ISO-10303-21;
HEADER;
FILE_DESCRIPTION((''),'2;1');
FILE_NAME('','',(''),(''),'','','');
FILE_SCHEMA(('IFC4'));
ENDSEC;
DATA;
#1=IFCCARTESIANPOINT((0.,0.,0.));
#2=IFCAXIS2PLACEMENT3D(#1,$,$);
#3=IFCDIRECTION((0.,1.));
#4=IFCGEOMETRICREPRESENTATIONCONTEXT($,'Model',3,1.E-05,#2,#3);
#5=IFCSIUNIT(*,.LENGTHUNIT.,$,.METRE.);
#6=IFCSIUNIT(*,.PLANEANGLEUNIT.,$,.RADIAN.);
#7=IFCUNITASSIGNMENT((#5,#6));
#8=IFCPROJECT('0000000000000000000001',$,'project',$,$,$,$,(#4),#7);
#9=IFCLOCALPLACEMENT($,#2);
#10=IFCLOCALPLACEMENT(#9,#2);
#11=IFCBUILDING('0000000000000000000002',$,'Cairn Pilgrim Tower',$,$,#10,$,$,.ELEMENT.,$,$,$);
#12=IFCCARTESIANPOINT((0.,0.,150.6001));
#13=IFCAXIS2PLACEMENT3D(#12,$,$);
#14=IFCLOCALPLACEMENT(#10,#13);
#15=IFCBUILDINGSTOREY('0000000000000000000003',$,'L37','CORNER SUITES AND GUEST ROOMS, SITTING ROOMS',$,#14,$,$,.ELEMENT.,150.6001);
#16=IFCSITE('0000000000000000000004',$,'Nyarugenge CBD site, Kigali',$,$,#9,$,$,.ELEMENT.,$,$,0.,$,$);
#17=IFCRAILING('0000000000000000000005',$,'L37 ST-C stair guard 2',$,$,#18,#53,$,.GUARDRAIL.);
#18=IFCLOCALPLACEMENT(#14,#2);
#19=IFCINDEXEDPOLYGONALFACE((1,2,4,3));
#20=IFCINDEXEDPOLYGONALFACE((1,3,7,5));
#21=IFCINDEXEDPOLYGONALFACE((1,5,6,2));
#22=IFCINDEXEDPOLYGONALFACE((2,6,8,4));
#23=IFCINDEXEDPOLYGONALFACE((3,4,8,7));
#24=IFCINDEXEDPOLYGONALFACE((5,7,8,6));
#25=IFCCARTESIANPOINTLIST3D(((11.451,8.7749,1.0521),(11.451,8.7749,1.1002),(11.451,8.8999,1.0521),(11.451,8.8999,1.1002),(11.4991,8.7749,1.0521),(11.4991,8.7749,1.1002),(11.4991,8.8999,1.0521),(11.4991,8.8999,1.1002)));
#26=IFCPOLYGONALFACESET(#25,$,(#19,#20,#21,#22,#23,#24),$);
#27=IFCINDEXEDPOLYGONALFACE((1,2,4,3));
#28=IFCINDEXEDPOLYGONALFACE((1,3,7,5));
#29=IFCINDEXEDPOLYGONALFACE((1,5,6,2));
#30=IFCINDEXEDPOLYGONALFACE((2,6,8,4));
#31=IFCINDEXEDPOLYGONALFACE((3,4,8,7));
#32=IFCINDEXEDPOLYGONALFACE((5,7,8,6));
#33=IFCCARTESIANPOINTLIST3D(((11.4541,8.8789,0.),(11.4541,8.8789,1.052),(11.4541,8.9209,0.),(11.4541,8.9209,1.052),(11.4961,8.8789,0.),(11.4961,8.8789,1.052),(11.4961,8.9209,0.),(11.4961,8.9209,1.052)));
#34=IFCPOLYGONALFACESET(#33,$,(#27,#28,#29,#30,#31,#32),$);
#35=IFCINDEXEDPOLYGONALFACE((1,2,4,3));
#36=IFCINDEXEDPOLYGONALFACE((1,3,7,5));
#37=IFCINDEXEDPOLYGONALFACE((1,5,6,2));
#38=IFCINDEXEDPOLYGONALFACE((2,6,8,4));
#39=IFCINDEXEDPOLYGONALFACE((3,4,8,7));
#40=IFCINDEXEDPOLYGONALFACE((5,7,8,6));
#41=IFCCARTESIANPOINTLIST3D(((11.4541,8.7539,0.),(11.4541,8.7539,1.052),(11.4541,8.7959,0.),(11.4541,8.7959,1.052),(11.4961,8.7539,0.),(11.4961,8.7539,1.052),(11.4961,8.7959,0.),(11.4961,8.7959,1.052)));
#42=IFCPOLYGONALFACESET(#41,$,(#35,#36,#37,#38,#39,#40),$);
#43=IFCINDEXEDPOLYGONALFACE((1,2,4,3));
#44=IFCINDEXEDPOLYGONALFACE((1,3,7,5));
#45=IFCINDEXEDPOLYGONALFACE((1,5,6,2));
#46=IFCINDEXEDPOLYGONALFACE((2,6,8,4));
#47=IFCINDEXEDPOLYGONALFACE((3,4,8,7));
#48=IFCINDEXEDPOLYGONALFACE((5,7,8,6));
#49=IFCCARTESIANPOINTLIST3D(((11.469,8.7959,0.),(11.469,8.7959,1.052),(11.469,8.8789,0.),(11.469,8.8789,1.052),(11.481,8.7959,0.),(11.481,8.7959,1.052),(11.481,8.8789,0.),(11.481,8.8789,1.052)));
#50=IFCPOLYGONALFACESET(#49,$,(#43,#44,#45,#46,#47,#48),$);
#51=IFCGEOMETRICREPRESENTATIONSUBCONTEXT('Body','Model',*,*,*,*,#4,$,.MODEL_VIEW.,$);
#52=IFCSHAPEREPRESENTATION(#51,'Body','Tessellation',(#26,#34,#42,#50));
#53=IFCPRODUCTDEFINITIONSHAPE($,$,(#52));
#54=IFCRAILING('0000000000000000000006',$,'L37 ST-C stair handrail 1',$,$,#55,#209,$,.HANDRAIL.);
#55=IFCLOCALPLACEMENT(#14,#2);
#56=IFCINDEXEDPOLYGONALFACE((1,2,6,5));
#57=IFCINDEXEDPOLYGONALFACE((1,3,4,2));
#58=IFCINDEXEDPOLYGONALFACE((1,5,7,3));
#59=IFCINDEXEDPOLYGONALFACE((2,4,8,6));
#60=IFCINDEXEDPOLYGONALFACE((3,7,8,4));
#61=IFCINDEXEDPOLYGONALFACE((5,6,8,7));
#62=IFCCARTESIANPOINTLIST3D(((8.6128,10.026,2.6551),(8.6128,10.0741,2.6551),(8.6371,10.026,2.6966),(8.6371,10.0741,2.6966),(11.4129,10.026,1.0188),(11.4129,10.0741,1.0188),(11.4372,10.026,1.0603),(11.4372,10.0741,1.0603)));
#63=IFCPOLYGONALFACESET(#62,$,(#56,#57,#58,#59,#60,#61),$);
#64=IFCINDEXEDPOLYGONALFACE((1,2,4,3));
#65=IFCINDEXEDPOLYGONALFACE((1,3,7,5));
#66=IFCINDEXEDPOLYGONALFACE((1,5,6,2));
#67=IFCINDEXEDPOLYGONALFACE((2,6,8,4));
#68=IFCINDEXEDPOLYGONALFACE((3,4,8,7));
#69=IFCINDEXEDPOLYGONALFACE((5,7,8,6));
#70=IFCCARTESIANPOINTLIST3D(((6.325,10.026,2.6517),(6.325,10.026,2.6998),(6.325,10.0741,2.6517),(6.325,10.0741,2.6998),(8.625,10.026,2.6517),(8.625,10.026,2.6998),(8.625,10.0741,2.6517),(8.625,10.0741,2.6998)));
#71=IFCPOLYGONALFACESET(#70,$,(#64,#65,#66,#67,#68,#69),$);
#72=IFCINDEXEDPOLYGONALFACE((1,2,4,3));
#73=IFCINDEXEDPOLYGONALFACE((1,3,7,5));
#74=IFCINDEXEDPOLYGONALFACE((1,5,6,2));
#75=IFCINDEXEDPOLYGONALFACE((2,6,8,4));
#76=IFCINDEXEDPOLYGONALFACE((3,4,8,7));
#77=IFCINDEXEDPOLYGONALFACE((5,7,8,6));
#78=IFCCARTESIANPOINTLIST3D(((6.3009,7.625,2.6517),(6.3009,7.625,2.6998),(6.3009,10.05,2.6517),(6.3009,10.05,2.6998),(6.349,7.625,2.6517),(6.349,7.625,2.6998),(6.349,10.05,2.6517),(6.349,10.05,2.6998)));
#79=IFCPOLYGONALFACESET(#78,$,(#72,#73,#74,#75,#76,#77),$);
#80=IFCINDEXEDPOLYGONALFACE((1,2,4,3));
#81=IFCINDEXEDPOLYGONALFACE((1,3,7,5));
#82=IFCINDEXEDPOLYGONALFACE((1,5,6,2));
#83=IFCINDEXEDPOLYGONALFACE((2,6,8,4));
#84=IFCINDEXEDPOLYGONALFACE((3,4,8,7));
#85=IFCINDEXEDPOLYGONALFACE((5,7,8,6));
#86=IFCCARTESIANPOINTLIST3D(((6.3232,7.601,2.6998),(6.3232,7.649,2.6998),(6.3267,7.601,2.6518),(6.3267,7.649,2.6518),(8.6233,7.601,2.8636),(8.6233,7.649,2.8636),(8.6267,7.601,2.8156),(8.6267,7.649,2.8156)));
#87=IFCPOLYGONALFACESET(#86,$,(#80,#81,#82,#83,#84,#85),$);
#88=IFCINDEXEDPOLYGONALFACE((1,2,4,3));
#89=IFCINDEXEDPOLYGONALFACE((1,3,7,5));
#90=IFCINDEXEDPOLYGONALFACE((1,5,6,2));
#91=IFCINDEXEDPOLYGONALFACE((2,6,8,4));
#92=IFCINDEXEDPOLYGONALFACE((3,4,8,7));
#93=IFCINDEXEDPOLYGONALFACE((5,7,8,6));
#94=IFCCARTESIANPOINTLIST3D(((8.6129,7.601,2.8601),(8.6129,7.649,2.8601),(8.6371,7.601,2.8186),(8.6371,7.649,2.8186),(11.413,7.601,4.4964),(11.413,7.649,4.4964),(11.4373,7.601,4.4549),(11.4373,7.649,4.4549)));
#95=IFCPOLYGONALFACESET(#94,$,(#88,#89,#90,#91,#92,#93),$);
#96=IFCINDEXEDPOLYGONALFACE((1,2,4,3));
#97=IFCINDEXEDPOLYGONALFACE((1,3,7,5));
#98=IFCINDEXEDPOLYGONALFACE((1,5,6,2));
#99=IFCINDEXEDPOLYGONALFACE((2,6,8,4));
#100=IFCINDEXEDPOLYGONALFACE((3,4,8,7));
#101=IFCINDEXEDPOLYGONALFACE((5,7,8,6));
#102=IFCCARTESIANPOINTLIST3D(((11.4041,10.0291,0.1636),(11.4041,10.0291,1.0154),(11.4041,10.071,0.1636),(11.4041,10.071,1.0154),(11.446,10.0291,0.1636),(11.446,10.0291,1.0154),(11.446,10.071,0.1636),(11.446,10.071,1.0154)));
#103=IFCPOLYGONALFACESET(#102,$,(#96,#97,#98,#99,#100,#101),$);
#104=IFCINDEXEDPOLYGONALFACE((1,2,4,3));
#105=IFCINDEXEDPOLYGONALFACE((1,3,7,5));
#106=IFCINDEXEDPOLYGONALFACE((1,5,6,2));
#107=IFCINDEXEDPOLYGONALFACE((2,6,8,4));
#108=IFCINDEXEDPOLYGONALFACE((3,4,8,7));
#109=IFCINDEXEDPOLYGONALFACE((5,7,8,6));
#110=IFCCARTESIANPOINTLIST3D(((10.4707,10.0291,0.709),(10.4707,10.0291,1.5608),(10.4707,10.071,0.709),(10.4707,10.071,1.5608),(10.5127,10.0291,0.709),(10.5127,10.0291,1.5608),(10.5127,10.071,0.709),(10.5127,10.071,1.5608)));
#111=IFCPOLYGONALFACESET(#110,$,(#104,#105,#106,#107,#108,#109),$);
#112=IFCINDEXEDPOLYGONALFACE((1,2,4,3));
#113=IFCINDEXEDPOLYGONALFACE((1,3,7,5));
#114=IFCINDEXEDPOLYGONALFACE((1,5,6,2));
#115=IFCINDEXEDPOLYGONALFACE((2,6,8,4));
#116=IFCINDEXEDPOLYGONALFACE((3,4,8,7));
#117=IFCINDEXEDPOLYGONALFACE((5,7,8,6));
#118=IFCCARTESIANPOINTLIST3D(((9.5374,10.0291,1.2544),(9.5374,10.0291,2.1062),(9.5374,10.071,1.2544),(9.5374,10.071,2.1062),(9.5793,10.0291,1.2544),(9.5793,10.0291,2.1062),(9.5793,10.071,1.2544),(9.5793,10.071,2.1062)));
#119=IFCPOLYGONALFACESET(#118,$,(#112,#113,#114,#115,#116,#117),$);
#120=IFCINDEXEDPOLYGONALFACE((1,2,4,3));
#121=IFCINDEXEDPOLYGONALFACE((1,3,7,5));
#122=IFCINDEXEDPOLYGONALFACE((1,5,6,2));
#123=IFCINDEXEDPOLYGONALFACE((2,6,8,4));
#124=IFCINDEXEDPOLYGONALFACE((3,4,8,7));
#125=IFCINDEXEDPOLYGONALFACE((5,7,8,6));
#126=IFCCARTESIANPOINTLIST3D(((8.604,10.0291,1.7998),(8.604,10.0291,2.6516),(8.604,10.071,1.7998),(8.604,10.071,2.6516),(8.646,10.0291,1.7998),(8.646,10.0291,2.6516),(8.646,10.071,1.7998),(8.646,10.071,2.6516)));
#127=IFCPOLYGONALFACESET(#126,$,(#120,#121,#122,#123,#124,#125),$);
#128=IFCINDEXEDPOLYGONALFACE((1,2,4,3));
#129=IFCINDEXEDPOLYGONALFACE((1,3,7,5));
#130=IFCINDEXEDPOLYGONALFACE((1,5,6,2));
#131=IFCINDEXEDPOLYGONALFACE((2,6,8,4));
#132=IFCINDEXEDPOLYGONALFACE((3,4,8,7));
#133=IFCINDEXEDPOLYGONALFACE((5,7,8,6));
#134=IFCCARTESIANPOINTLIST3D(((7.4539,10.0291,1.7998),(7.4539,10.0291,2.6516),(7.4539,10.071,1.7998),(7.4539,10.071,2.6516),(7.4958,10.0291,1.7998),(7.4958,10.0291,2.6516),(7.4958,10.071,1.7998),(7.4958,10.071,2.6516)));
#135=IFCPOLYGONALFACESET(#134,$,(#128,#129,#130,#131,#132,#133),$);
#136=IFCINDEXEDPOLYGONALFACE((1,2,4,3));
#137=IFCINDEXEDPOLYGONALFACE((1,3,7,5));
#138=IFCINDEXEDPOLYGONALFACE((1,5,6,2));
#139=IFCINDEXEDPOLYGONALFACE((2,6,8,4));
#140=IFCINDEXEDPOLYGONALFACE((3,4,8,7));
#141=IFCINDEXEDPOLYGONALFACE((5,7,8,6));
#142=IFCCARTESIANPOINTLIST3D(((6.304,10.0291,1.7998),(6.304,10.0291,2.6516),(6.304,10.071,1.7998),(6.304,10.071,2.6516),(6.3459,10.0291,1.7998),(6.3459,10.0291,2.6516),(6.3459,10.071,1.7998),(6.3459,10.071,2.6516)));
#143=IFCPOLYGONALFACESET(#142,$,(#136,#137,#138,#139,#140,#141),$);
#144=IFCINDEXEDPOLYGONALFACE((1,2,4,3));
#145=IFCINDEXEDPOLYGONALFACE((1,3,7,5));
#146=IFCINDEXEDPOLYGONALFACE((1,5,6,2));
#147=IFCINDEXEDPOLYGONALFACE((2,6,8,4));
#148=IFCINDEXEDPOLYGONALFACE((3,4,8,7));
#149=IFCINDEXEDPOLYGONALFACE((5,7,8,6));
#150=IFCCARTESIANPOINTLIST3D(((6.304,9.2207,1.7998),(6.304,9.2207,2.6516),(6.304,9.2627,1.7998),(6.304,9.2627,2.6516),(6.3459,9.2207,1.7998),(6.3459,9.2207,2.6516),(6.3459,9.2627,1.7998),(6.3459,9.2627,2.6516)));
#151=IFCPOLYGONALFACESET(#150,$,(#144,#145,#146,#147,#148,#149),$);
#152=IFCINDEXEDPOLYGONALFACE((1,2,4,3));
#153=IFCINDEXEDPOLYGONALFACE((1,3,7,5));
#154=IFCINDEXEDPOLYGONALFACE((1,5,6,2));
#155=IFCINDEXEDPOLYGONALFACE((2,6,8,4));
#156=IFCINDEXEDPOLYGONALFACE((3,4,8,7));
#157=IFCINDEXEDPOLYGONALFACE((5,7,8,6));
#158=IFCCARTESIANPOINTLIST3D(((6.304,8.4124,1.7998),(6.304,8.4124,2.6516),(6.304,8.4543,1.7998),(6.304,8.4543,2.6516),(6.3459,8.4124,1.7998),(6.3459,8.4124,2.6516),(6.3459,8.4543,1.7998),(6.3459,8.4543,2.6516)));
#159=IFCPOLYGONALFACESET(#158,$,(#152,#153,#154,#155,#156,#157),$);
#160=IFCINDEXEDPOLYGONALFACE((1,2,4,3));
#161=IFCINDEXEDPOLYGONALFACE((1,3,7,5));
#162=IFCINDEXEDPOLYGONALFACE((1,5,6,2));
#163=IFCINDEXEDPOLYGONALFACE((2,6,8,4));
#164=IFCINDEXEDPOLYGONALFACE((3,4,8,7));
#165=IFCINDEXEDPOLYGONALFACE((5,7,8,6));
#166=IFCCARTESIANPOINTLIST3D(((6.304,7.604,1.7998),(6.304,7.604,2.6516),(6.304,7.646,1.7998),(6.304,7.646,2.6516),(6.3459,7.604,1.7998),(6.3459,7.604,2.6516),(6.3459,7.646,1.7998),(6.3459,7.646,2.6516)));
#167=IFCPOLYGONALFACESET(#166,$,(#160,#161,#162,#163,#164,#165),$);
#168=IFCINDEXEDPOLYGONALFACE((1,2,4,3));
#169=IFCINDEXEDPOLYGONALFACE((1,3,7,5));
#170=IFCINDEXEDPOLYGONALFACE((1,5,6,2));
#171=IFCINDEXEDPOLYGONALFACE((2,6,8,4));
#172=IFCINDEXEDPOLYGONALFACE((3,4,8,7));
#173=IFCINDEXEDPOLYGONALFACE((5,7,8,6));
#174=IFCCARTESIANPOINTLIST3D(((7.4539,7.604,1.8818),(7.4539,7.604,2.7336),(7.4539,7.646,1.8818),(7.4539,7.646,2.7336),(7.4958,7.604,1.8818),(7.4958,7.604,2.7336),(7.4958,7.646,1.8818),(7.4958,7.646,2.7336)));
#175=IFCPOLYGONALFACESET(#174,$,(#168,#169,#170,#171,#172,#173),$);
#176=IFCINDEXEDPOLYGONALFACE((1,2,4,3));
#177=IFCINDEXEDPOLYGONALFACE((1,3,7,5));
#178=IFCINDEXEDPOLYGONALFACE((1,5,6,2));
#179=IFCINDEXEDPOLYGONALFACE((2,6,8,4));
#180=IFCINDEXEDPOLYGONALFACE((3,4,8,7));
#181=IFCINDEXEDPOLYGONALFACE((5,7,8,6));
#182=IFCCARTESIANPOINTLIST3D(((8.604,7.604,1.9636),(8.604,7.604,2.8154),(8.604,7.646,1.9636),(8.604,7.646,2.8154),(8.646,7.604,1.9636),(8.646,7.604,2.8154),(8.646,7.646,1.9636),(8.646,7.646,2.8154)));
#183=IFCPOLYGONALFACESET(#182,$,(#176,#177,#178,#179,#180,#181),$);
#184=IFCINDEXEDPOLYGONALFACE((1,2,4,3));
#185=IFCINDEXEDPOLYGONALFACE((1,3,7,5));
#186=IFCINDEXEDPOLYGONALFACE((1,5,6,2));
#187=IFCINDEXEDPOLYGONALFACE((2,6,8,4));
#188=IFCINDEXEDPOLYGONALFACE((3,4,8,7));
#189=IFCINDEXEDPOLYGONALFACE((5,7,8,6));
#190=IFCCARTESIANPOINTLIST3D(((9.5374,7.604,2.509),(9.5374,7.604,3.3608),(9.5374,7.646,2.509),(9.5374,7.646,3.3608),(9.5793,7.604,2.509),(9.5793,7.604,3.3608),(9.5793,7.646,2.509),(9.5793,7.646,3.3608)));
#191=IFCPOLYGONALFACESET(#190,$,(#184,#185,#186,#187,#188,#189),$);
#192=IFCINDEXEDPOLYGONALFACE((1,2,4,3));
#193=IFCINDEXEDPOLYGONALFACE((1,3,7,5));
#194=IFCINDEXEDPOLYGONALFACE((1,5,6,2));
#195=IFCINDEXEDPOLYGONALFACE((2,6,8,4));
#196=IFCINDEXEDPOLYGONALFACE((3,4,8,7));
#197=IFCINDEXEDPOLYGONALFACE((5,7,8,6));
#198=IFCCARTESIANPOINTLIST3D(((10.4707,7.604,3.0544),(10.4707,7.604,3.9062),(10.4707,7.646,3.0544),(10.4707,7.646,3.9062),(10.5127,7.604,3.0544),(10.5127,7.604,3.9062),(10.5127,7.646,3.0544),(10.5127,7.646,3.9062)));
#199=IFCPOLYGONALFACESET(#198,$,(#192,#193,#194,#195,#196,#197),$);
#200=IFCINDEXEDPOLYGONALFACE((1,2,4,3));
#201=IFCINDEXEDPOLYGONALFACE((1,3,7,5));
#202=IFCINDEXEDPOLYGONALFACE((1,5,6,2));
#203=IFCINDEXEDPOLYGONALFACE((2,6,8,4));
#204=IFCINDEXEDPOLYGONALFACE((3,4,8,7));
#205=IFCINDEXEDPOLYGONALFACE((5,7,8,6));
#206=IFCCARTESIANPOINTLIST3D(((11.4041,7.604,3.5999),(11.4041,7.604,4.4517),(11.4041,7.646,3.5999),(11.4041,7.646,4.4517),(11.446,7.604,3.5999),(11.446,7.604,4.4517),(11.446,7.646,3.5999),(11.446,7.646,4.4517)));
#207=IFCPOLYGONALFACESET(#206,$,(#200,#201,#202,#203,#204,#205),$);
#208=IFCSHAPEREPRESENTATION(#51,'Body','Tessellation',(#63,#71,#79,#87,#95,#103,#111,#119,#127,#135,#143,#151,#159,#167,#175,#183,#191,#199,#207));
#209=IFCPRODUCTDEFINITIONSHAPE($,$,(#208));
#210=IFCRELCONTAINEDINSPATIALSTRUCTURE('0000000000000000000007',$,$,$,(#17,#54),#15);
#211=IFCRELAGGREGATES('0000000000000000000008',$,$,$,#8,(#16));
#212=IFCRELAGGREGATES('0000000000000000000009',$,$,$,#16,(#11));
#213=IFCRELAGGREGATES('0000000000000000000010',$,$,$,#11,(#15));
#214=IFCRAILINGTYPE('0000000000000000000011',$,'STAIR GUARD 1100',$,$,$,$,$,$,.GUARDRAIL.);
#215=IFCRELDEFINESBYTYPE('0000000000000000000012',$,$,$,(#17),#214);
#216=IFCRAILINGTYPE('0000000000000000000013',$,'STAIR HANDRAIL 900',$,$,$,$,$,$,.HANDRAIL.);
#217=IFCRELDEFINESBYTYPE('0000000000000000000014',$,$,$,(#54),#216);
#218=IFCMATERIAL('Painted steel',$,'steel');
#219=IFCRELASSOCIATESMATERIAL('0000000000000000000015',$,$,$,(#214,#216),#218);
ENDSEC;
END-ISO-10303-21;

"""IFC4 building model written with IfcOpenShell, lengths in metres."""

from ifc_helpers import new_model, si_unit, direction, frame, origin, origin_2d, place, context, subcontext, project, spatial, polyline, rectangle, outline, extrude, material, type_object, element, save


model = new_model("IFC4")

# Units and contexts
model_context = context("Model", 3, precision=1e-05, world=origin(), true_north=direction((0.0, 1.0)))
body_context = subcontext(model_context, "Body", "Model", "MODEL_VIEW")
ifc_project = project(units=[si_unit("LENGTHUNIT", "METRE"), si_unit("PLANEANGLEUNIT", "RADIAN")], contexts=[model_context])

# Site, building, storey
site_placement = place(None, origin())
site = spatial("IfcSite", under=ifc_project, at=site_placement, Name="Nyarugenge CBD site, Kigali", CompositionType="ELEMENT", RefElevation=0.0)
building_placement = place(site_placement, origin())
building = spatial("IfcBuilding", under=site, at=building_placement, Name="Cairn Pilgrim Tower", CompositionType="ELEMENT")
storey_placement = place(building_placement, frame((0.0, 0.0, 150.6001)))
storey = spatial("IfcBuildingStorey", under=building, at=storey_placement, Name="L37", Description="CORNER SUITES AND GUEST ROOMS, SITTING ROOMS", CompositionType="ELEMENT", Elevation=150.6001)

# Shared definitions
ifc_material_1 = material(Name="Painted steel", Category="steel")

# Railings
railing_type_1 = type_object("IfcRailingType", Name="STAIR GUARD 1100", PredefinedType="GUARDRAIL", material=ifc_material_1)
railing_1_placement = place(storey_placement, frame((11.4751, 8.8999, 0.0)))
element("IfcRailing", 1, at=railing_1_placement, inside=storey, type_object=railing_type_1, Name="L37 ST-C stair guard 2", PredefinedType="GUARDRAIL", context=body_context, shape_type="SweptSolid", body=[
    extrude(rectangle(XDim=0.0481, YDim=0.0481, at=origin_2d()), frame((0.0, 0.0, 1.0762), z_axis=(0.0, -1.0, 0.0), x_axis=(1.0, 0.0, 0.0)), (0.0, 0.0, 1.0), 0.125),
    extrude(rectangle(XDim=0.042, YDim=0.042, at=origin_2d()), origin(), (0.0, 0.0, 1.0), 1.052),
    extrude(rectangle(XDim=0.042, YDim=0.042, at=origin_2d()), frame((0.0, -0.125, 0.0)), (0.0, 0.0, 1.0), 1.052),
    extrude(outline(polyline([(0.021, 0.0), (0.104, 0.0), (0.104, 1.052), (0.021, 1.052), (0.021, 0.0)])), frame((0.0059, 0.0, 0.0), z_axis=(-1.0, 0.0, 0.0), x_axis=(0.0, -1.0, 0.0)), (0.0, 0.0, 1.0), 0.012),
])
railing_type_2 = type_object("IfcRailingType", Name="STAIR HANDRAIL 900", PredefinedType="HANDRAIL", material=ifc_material_1)
railing_2_placement = place(storey_placement, frame((11.425, 10.05, 0.1636)))
element("IfcRailing", 2, at=railing_2_placement, inside=storey, type_object=railing_type_2, Name="L37 ST-C stair handrail 1", PredefinedType="HANDRAIL", context=body_context, shape_type="SweptSolid", body=[
    extrude(rectangle(XDim=0.0481, YDim=0.0481, at=origin_2d()), frame((0.0, 0.0, 0.876), z_axis=(-0.863394, 0.0, 0.504531), x_axis=(0.0, -1.0, 0.0)), (0.0, 0.0, 1.0), 3.2432),
    extrude(rectangle(XDim=0.0481, YDim=0.0481, at=origin_2d()), frame((-2.8, 0.0, 2.5122), z_axis=(-1.0, 0.0, 0.0), x_axis=(0.0, -1.0, 0.0)), (0.0, 0.0, 1.0), 2.3),
    extrude(rectangle(XDim=0.0481, YDim=0.0481, at=origin_2d()), frame((-5.1001, 0.0, 2.5122), z_axis=(0.0, -1.0, 0.0), x_axis=(1.0, 0.0, 0.0)), (0.0, 0.0, 1.0), 2.425),
    extrude(rectangle(XDim=0.0481, YDim=0.0481, at=origin_2d()), frame((-5.1001, -2.425, 2.5122), z_axis=(0.997473, 0.0, 0.071044), x_axis=(0.0, 1.0, 0.0)), (0.0, 0.0, 1.0), 2.3059),
    extrude(rectangle(XDim=0.0481, YDim=0.0481, at=origin_2d()), frame((-2.8, -2.425, 2.6758), z_axis=(0.863394, 0.0, 0.504531), x_axis=(0.0, 1.0, 0.0)), (0.0, 0.0, 1.0), 3.2432),
    extrude(rectangle(XDim=0.042, YDim=0.042, at=origin_2d()), origin(), (0.0, 0.0, 1.0), 0.8518),
    extrude(rectangle(XDim=0.042, YDim=0.042, at=origin_2d()), frame((-0.9333, 0.0, 0.5454)), (0.0, 0.0, 1.0), 0.8518),
    extrude(rectangle(XDim=0.042, YDim=0.042, at=origin_2d()), frame((-1.8667, 0.0, 1.0908)), (0.0, 0.0, 1.0), 0.8518),
    extrude(rectangle(XDim=0.042, YDim=0.042, at=origin_2d()), frame((-2.8, 0.0, 1.6362)), (0.0, 0.0, 1.0), 0.8518),
    extrude(rectangle(XDim=0.042, YDim=0.042, at=origin_2d()), frame((-3.9502, 0.0, 1.6362)), (0.0, 0.0, 1.0), 0.8518),
    extrude(rectangle(XDim=0.042, YDim=0.042, at=origin_2d()), frame((-5.1001, 0.0, 1.6362)), (0.0, 0.0, 1.0), 0.8518),
    extrude(rectangle(XDim=0.042, YDim=0.042, at=origin_2d()), frame((-5.1001, -0.8083, 1.6362)), (0.0, 0.0, 1.0), 0.8518),
    extrude(rectangle(XDim=0.042, YDim=0.042, at=origin_2d()), frame((-5.1001, -1.6167, 1.6362)), (0.0, 0.0, 1.0), 0.8518),
    extrude(rectangle(XDim=0.042, YDim=0.042, at=origin_2d()), frame((-5.1001, -2.425, 1.6362)), (0.0, 0.0, 1.0), 0.8518),
    extrude(rectangle(XDim=0.042, YDim=0.042, at=origin_2d()), frame((-3.9502, -2.425, 1.7183)), (0.0, 0.0, 1.0), 0.8518),
    extrude(rectangle(XDim=0.042, YDim=0.042, at=origin_2d()), frame((-2.8, -2.425, 1.8)), (0.0, 0.0, 1.0), 0.8518),
    extrude(rectangle(XDim=0.042, YDim=0.042, at=origin_2d()), frame((-1.8667, -2.425, 2.3455)), (0.0, 0.0, 1.0), 0.8518),
    extrude(rectangle(XDim=0.042, YDim=0.042, at=origin_2d()), frame((-0.9333, -2.425, 2.8909)), (0.0, 0.0, 1.0), 0.8518),
    extrude(rectangle(XDim=0.042, YDim=0.042, at=origin_2d()), frame((0.0, -2.425, 3.4363)), (0.0, 0.0, 1.0), 0.8518),
])

save(model, "model.ifc")
